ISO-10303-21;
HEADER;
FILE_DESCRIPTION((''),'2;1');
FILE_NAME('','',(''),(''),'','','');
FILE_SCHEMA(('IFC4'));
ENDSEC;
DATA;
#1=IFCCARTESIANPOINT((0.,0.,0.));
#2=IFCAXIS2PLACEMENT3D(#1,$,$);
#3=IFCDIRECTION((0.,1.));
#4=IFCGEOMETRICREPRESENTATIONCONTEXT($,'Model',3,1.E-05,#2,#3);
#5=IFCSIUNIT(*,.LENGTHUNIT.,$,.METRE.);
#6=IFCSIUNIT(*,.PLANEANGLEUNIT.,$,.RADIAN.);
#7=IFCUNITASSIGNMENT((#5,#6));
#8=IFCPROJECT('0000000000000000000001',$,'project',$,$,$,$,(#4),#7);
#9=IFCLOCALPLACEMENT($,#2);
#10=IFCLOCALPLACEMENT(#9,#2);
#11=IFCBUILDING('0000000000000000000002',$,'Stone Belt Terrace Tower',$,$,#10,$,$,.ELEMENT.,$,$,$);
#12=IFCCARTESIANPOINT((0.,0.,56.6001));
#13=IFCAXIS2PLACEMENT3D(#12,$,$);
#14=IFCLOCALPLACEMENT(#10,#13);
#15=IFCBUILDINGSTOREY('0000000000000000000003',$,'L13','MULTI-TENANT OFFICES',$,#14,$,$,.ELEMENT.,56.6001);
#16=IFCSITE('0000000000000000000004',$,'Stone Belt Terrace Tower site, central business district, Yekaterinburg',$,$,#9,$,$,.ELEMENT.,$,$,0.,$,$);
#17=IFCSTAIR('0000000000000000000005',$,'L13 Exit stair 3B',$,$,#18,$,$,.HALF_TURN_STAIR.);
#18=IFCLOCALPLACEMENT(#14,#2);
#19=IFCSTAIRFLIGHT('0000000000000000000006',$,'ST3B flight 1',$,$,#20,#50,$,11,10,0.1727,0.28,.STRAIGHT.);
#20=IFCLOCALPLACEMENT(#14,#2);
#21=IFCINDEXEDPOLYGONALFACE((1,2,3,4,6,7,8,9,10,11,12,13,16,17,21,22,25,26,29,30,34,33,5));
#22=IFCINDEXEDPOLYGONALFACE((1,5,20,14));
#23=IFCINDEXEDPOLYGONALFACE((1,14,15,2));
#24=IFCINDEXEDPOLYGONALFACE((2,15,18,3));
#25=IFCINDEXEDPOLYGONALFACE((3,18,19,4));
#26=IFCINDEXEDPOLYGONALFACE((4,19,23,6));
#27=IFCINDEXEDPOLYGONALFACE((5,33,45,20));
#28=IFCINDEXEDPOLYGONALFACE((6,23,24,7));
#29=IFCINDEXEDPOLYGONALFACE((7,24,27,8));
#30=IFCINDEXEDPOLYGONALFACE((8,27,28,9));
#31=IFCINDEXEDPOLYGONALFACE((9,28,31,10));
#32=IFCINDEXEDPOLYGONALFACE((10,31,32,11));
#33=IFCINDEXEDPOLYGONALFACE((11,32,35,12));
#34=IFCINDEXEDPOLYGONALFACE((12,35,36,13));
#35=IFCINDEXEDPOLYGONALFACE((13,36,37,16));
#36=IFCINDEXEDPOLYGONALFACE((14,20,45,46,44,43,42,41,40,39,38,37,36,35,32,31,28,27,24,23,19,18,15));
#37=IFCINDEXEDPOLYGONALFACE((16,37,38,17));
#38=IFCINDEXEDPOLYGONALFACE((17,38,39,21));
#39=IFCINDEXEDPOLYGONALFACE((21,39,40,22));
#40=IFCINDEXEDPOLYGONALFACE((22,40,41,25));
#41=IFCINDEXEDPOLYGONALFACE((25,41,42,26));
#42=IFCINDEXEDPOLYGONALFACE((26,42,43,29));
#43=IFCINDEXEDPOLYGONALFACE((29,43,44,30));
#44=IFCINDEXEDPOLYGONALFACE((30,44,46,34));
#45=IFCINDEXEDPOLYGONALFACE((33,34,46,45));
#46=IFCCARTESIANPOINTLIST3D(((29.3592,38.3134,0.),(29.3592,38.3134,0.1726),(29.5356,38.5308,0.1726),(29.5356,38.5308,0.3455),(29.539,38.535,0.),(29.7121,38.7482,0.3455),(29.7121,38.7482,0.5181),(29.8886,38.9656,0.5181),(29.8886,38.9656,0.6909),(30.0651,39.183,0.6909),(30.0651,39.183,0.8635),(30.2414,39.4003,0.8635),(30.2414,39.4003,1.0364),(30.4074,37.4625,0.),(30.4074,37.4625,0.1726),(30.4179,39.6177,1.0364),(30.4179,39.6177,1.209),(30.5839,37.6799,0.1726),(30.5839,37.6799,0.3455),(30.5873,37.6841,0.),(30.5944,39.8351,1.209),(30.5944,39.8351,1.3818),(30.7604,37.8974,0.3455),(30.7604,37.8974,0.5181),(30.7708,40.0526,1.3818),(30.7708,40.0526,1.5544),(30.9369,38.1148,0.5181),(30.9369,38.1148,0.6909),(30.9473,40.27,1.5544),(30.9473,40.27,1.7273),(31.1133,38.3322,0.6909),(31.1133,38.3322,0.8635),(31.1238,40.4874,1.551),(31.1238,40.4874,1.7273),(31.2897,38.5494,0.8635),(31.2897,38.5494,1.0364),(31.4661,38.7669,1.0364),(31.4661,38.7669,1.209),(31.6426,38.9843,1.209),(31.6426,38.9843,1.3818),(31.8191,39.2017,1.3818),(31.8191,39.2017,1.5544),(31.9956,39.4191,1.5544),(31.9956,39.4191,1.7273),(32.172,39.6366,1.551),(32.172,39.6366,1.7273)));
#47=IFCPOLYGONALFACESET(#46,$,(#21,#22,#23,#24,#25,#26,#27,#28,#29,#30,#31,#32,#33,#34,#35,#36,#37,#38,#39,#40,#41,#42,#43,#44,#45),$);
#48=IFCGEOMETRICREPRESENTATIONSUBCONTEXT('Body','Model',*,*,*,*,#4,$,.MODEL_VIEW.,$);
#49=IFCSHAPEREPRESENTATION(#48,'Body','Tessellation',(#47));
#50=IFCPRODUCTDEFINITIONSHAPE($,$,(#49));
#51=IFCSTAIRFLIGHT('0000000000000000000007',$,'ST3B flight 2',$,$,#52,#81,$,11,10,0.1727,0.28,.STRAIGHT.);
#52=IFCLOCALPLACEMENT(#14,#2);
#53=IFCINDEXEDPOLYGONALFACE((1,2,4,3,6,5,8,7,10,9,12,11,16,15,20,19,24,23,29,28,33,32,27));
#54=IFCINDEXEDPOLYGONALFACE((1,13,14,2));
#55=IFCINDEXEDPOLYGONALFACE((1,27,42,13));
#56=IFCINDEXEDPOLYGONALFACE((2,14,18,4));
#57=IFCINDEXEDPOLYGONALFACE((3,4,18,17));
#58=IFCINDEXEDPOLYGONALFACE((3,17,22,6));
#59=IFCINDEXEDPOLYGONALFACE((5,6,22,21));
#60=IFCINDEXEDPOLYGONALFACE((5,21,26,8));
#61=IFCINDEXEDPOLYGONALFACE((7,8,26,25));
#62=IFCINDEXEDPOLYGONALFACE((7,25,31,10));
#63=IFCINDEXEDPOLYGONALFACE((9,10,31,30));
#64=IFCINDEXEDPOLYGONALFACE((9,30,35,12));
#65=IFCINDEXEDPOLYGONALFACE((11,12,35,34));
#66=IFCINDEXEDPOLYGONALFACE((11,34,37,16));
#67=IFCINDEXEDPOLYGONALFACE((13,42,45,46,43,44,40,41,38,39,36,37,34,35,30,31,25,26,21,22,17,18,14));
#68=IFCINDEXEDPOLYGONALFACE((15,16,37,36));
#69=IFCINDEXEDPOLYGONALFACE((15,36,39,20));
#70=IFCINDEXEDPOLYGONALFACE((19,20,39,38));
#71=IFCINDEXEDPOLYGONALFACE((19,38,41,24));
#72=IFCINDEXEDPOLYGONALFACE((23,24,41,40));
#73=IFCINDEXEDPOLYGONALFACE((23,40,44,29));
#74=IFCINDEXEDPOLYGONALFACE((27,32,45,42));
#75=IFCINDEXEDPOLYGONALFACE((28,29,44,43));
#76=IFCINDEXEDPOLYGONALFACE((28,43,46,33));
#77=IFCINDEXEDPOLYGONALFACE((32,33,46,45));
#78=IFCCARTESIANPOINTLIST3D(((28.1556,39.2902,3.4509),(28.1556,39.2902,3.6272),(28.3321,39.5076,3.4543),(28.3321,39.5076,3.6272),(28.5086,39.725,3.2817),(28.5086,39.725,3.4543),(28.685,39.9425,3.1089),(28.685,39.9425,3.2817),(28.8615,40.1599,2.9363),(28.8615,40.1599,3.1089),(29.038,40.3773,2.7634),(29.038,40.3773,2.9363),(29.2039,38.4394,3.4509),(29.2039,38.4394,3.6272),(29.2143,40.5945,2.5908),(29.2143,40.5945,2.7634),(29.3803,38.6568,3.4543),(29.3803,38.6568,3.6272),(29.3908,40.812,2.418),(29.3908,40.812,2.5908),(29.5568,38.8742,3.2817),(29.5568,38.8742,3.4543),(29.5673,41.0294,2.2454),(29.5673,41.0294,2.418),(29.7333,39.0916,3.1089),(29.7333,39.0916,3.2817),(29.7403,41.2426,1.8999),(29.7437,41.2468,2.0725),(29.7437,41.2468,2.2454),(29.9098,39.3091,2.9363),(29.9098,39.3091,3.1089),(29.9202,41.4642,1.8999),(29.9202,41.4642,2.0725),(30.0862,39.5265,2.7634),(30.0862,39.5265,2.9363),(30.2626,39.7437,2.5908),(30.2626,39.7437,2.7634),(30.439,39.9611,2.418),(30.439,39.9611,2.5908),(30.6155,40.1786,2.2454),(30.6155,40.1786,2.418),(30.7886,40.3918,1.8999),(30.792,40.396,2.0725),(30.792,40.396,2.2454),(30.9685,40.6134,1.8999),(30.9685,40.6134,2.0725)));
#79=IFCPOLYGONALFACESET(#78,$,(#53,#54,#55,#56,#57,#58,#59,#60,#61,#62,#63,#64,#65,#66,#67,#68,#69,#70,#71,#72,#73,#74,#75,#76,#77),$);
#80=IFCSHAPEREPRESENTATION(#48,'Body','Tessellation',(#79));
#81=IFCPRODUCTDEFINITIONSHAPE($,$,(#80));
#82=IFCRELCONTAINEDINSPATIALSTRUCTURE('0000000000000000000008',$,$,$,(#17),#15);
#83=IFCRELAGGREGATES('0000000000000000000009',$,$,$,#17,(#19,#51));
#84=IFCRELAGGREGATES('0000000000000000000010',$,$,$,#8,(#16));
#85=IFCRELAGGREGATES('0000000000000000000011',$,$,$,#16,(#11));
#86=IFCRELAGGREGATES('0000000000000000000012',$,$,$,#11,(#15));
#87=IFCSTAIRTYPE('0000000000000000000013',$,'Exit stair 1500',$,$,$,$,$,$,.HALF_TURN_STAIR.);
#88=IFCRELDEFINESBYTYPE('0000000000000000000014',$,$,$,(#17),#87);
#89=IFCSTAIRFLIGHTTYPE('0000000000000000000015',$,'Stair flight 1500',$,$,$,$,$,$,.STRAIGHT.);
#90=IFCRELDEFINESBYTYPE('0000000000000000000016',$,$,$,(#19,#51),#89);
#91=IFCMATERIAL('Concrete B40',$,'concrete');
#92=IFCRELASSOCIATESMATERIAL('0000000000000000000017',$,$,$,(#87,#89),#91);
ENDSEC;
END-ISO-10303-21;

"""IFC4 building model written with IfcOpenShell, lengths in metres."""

from ifc_helpers import new_model, si_unit, direction, frame, origin, place, context, subcontext, project, spatial, polyline, outline, extrude, material, type_object, element, aggregate, save


model = new_model("IFC4")

# Units and contexts
model_context = context("Model", 3, precision=1e-05, world=origin(), true_north=direction((0.0, 1.0)))
body_context = subcontext(model_context, "Body", "Model", "MODEL_VIEW")
ifc_project = project(units=[si_unit("LENGTHUNIT", "METRE"), si_unit("PLANEANGLEUNIT", "RADIAN")], contexts=[model_context])

# Site, building, storey
site_placement = place(None, origin())
site = spatial("IfcSite", under=ifc_project, at=site_placement, Name="Stone Belt Terrace Tower site, central business district, Yekaterinburg", CompositionType="ELEMENT", RefElevation=0.0)
building_placement = place(site_placement, origin())
building = spatial("IfcBuilding", under=site, at=building_placement, Name="Stone Belt Terrace Tower", CompositionType="ELEMENT")
storey_placement = place(building_placement, frame((0.0, 0.0, 56.6001)))
storey = spatial("IfcBuildingStorey", under=building, at=storey_placement, Name="L13", Description="MULTI-TENANT OFFICES", CompositionType="ELEMENT", Elevation=56.6001)

# Stair, stair flights
ifc_material_1 = material(Name="Concrete B40", Category="concrete")
stair_type = type_object("IfcStairType", Name="Exit stair 1500", PredefinedType="HALF_TURN_STAIR", material=ifc_material_1)
stair_placement = place(storey_placement, origin())
stair = element("IfcStair", 1, at=stair_placement, inside=storey, type_object=stair_type, Name="L13 Exit stair 3B", PredefinedType="HALF_TURN_STAIR")
stair_flight_type = type_object("IfcStairFlightType", Name="Stair flight 1500", PredefinedType="STRAIGHT", material=ifc_material_1)
stair_flight_1_placement = place(storey_placement, frame((29.8833, 37.8879, 0.0), z_axis=(0.0, 0.0, 1.0), x_axis=(0.630206, 0.776428, 0.0)))
stair_flight_1 = element("IfcStairFlight", 2, at=stair_flight_1_placement, type_object=stair_flight_type, Name="ST3B flight 1", NumberOfRisers=11, NumberOfTreads=10, PredefinedType="STRAIGHT", RiserHeight=0.1727, TreadLength=0.28, context=body_context, shape_type="SweptSolid", body=[
    extrude(outline(polyline([(0.0, 0.0), (0.0, 0.1726), (0.28, 0.1726), (0.28, 0.3455), (0.5601, 0.3455), (0.5601, 0.5181), (0.8401, 0.5181), (0.8401, 0.6909), (1.1201, 0.6909), (1.1201, 0.8635), (1.3999, 0.8635), (1.3999, 1.0364), (1.6799, 1.0364), (1.6799, 1.209), (1.96, 1.209), (1.96, 1.3818), (2.24, 1.3818), (2.24, 1.5544), (2.52, 1.5544), (2.52, 1.7273), (2.8, 1.7273), (2.8, 1.8999), (2.8, 1.551), (0.2854, 0.0), (0.0, 0.0)])), frame((0.0, 0.675, 0.0), z_axis=(0.0, -1.0, 0.0), x_axis=(1.0, 0.0, 0.0)), (0.0, 0.0, 1.0), 1.3501),
])
stair_flight_2_placement = place(storey_placement, frame((30.4443, 41.0388, 1.8999), z_axis=(0.0, 0.0, 1.0), x_axis=(-0.630206, -0.776428, 0.0)))
stair_flight_2 = element("IfcStairFlight", 3, at=stair_flight_2_placement, type_object=stair_flight_type, Name="ST3B flight 2", NumberOfRisers=11, NumberOfTreads=10, PredefinedType="STRAIGHT", RiserHeight=0.1727, TreadLength=0.28, context=body_context, shape_type="SweptSolid", body=[
    extrude(outline(polyline([(0.0, 0.0), (0.0, 0.1726), (0.28, 0.1726), (0.28, 0.3455), (0.5601, 0.3455), (0.5601, 0.5181), (0.8401, 0.5181), (0.8401, 0.6909), (1.1201, 0.6909), (1.1201, 0.8635), (1.3999, 0.8635), (1.3999, 1.0364), (1.6799, 1.0364), (1.6799, 1.209), (1.96, 1.209), (1.96, 1.3818), (2.24, 1.3818), (2.24, 1.5544), (2.52, 1.5544), (2.52, 1.7273), (2.8, 1.7273), (2.8, 1.8999), (2.8, 1.551), (0.2854, 0.0), (0.0, 0.0)])), frame((0.0, 0.675, 0.0), z_axis=(0.0, -1.0, 0.0), x_axis=(1.0, 0.0, 0.0)), (0.0, 0.0, 1.0), 1.3501),
])
aggregate(stair, [stair_flight_1, stair_flight_2])

save(model, "model.ifc")
